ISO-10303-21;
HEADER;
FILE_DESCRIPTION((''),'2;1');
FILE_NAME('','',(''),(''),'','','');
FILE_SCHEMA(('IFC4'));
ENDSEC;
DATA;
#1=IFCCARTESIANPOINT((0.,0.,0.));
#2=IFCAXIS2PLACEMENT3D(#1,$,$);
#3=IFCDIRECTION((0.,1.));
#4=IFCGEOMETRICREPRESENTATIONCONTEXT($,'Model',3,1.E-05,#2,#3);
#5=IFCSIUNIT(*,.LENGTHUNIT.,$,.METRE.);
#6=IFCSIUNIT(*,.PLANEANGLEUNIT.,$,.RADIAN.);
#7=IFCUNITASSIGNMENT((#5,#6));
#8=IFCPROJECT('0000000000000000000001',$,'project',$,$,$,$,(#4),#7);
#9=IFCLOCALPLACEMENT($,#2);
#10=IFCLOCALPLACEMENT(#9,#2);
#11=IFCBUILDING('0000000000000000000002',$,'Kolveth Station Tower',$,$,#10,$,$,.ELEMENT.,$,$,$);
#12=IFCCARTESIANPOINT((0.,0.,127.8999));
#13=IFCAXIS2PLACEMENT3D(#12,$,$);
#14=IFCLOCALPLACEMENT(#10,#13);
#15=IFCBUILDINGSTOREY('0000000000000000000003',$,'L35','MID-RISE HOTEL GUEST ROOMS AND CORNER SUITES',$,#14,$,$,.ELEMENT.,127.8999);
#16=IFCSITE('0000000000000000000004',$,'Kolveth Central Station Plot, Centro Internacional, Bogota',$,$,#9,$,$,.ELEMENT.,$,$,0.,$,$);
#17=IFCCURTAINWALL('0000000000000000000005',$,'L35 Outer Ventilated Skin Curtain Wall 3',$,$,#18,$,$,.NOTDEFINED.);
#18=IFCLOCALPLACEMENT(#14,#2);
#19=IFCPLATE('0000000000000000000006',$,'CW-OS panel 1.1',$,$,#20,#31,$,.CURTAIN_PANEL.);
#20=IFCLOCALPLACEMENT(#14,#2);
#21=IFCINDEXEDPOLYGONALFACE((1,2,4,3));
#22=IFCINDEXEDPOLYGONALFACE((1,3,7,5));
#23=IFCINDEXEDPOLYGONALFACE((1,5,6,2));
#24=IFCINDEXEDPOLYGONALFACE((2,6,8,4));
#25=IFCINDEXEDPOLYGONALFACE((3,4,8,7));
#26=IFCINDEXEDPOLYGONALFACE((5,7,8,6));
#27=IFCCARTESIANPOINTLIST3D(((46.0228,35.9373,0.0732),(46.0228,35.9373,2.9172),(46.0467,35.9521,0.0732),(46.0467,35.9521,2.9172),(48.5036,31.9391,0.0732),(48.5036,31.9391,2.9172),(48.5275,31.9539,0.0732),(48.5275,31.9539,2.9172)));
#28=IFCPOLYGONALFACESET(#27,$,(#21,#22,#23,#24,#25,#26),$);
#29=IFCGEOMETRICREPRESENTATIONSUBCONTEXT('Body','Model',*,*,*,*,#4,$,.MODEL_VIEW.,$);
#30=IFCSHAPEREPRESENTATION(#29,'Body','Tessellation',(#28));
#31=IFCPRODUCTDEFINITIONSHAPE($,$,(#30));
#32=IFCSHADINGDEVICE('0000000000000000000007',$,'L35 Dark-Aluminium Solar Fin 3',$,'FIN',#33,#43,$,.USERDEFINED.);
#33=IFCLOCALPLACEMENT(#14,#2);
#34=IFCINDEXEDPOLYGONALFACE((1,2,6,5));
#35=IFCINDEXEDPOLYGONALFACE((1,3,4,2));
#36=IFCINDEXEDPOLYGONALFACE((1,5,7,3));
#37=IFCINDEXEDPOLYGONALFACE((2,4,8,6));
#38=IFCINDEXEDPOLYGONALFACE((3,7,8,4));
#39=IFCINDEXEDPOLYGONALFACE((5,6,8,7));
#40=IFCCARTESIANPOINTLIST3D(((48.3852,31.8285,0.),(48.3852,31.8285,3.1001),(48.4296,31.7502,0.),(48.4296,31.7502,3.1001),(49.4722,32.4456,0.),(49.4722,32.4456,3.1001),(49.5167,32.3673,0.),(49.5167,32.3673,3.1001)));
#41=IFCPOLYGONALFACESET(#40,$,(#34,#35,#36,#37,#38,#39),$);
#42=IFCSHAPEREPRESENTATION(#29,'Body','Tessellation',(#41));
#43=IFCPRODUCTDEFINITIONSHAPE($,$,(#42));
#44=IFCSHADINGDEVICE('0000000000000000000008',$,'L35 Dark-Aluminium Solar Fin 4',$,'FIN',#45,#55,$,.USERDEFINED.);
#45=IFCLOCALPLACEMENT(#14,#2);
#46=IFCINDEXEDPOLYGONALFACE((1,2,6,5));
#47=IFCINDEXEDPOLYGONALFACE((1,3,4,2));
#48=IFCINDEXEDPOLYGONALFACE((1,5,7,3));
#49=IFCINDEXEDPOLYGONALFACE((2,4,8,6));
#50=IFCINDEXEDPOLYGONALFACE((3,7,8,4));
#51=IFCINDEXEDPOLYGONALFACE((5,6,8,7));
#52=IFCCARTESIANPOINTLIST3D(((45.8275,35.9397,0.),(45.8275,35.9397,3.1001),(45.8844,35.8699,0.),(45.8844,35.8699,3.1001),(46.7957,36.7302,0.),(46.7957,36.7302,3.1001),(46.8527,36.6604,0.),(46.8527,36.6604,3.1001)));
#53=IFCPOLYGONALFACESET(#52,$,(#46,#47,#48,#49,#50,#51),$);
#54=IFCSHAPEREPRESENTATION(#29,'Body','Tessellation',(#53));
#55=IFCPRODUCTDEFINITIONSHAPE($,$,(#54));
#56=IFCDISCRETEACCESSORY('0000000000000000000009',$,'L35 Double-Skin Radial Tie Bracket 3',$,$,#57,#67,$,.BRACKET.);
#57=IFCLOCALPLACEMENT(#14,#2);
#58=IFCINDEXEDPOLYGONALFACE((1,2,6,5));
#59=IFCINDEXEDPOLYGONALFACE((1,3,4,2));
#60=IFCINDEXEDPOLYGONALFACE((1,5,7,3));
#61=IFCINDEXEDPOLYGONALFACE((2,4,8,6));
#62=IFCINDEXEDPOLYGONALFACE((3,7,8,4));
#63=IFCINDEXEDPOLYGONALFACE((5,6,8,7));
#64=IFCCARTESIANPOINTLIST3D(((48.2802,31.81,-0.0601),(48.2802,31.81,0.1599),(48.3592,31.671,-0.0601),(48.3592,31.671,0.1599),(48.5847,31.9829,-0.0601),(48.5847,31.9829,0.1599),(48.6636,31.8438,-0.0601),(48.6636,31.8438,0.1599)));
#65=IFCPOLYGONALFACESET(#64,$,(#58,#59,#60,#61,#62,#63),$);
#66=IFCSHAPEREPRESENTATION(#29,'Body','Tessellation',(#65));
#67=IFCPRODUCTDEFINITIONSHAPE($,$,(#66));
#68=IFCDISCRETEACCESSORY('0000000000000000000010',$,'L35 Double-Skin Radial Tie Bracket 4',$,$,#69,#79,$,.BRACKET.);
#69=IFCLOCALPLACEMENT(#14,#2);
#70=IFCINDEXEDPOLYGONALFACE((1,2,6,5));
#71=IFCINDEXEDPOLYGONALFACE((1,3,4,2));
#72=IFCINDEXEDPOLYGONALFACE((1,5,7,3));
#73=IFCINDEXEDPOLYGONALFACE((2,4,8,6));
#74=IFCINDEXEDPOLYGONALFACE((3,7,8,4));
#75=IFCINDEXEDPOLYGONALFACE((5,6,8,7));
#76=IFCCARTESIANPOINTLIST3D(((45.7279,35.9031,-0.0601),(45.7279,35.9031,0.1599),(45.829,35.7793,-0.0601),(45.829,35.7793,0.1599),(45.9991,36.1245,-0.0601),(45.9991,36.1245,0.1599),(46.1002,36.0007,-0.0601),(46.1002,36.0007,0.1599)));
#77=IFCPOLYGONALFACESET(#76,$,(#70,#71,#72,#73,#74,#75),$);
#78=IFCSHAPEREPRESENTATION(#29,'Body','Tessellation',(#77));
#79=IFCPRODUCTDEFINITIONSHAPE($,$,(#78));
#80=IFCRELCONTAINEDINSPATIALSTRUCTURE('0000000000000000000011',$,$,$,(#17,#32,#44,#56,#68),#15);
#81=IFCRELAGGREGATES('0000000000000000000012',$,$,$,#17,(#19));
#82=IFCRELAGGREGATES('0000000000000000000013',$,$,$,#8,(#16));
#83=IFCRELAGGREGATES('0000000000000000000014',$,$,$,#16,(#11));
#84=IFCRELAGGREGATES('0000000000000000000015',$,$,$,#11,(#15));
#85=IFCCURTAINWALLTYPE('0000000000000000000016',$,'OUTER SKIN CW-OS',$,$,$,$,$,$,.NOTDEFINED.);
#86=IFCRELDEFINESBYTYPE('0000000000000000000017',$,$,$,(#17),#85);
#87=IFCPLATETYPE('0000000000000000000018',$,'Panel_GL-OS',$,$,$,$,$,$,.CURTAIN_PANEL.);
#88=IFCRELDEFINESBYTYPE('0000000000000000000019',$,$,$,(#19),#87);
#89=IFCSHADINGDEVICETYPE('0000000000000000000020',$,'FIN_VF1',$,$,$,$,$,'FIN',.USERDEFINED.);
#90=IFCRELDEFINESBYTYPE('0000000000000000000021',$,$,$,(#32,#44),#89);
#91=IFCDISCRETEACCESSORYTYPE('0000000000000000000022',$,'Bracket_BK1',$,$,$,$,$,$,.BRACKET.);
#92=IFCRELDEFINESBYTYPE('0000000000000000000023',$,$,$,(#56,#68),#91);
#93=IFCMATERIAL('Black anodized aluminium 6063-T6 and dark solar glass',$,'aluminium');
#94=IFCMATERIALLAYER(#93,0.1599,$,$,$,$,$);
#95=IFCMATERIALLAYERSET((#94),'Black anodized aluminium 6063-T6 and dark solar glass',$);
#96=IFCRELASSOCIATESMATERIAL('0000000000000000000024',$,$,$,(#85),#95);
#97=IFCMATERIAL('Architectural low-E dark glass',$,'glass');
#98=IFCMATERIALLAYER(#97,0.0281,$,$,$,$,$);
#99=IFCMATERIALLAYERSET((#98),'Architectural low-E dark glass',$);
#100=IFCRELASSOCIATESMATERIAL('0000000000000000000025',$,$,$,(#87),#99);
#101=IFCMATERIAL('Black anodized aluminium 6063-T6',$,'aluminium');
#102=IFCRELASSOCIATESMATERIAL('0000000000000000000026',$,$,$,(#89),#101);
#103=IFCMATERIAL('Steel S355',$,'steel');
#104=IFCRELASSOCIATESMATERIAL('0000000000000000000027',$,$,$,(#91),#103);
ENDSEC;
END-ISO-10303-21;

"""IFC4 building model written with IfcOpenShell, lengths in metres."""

from ifc_helpers import new_model, si_unit, direction, frame, origin, origin_2d, place, context, subcontext, project, spatial, rectangle, extrude, source, transform, mapped, material, layer, layer_set, type_object, element, aggregate, save


model = new_model("IFC4")

# Units and contexts
model_context = context("Model", 3, precision=1e-05, world=origin(), true_north=direction((0.0, 1.0)))
body_context = subcontext(model_context, "Body", "Model", "MODEL_VIEW")
ifc_project = project(units=[si_unit("LENGTHUNIT", "METRE"), si_unit("PLANEANGLEUNIT", "RADIAN")], contexts=[model_context])

# Site, building, storey
site_placement = place(None, origin())
site = spatial("IfcSite", under=ifc_project, at=site_placement, Name="Kolveth Central Station Plot, Centro Internacional, Bogota", CompositionType="ELEMENT", RefElevation=0.0)
building_placement = place(site_placement, origin())
building = spatial("IfcBuilding", under=site, at=building_placement, Name="Kolveth Station Tower", CompositionType="ELEMENT")
storey_placement = place(building_placement, frame((0.0, 0.0, 127.8999)))
storey = spatial("IfcBuildingStorey", under=building, at=storey_placement, Name="L35", Description="MID-RISE HOTEL GUEST ROOMS AND CORNER SUITES", CompositionType="ELEMENT", Elevation=127.8999)

# Shared definitions
ifc_material_1 = material(Name="Black anodized aluminium 6063-T6", Category="aluminium")

# Shared definitions
ifc_material_2 = material(Name="Black anodized aluminium 6063-T6 and dark solar glass", Category="aluminium")
ifc_layer_1 = layer(ifc_material_2, 0.1599)
ifc_layer_set_1 = layer_set([ifc_layer_1], Name="Black anodized aluminium 6063-T6 and dark solar glass")
curtain_wall_type_1 = type_object("IfcCurtainWallType", Name="OUTER SKIN CW-OS", PredefinedType="NOTDEFINED", material=ifc_layer_set_1)

# Curtain wall
curtain_wall_1_placement = place(storey_placement, origin())
curtain_wall_1 = element("IfcCurtainWall", 1, at=curtain_wall_1_placement, inside=storey, type_object=curtain_wall_type_1, Name="L35 Outer Ventilated Skin Curtain Wall 3", PredefinedType="NOTDEFINED")

# Plate
ifc_material_3 = material(Name="Architectural low-E dark glass", Category="glass")
ifc_layer_2 = layer(ifc_material_3, 0.0281)
ifc_layer_set_2 = layer_set([ifc_layer_2], Name="Architectural low-E dark glass")
plate_type_1 = type_object("IfcPlateType", Name="Panel_GL-OS", PredefinedType="CURTAIN_PANEL", material=ifc_layer_set_2)
shared_shape_1 = source(origin(), body_context, "Body", "SweptSolid", [
    extrude(rectangle(XDim=4.7053, YDim=0.0281, at=origin_2d()), origin(), (0.0, 0.0, 1.0), 2.844),
])
plate_1_placement = place(storey_placement, frame((47.2751, 33.9456, 0.0732), z_axis=(0.0, 0.0, 1.0), x_axis=(-0.527236, 0.849719, 0.0)))
plate_1 = element("IfcPlate", 2, at=plate_1_placement, type_object=plate_type_1, Name="CW-OS panel 1.1", PredefinedType="CURTAIN_PANEL", context=body_context, shape_type="MappedRepresentation", body=[
    mapped(shared_shape_1, transform((0.0, 0.0, 0.0), x_axis=(1.0, 0.0, 0.0), y_axis=(0.0, 1.0, 0.0), z_axis=(0.0, 0.0, 1.0), scale=1.0)),
])
aggregate(curtain_wall_1, [plate_1])

# Shading devices
shading_device_type = type_object("IfcShadingDeviceType", Name="FIN_VF1", ElementType="FIN", PredefinedType="USERDEFINED", material=ifc_material_1)
shared_shape_2 = source(origin(), body_context, "Body", "SweptSolid", [
    extrude(rectangle(XDim=1.25, YDim=0.0901, at=origin_2d()), origin(), (0.0, 0.0, 1.0), 3.1001),
])
for number, where, z_axis, x_axis, name in (
    (3, (48.9509, 32.0979, 0.0), (0.0, 0.0, 1.0), (0.869667, 0.493638, 0.0), "L35 Dark-Aluminium Solar Fin 3"),
    (4, (46.3401, 36.3, 0.0), (0.0, 0.0, 1.0), (0.774613, 0.632435, 0.0), "L35 Dark-Aluminium Solar Fin 4"),
):
    element("IfcShadingDevice", number, at=place(storey_placement, frame(where, z_axis=z_axis, x_axis=x_axis)), inside=storey, type_object=shading_device_type, Name=name, ObjectType="FIN", PredefinedType="USERDEFINED", context=body_context, shape_type="MappedRepresentation", body=[
        mapped(shared_shape_2, transform((0.0, 0.0, 0.0), x_axis=(1.0, 0.0, 0.0), y_axis=(0.0, 1.0, 0.0), z_axis=(0.0, 0.0, 1.0), scale=1.0)),
    ])

# Discrete accessories
ifc_material_4 = material(Name="Steel S355", Category="steel")
discrete_accessory_type = type_object("IfcDiscreteAccessoryType", Name="Bracket_BK1", PredefinedType="BRACKET", material=ifc_material_4)
shared_shape_3 = source(origin(), body_context, "Body", "SweptSolid", [
    extrude(rectangle(XDim=0.3501, YDim=0.1599, at=origin_2d()), origin(), (0.0, 0.0, 1.0), 0.22),
])
for number, where, z_axis, x_axis, name in (
    (5, (48.4719, 31.8269, -0.0601), (0.0, 0.0, 1.0), (0.869667, 0.493638, 0.0), "L35 Double-Skin Radial Tie Bracket 3"),
    (6, (45.9141, 35.9519, -0.0601), (0.0, 0.0, 1.0), (0.774613, 0.632435, 0.0), "L35 Double-Skin Radial Tie Bracket 4"),
):
    element("IfcDiscreteAccessory", number, at=place(storey_placement, frame(where, z_axis=z_axis, x_axis=x_axis)), inside=storey, type_object=discrete_accessory_type, Name=name, PredefinedType="BRACKET", context=body_context, shape_type="MappedRepresentation", body=[
        mapped(shared_shape_3, transform((0.0, 0.0, 0.0), x_axis=(1.0, 0.0, 0.0), y_axis=(0.0, 1.0, 0.0), z_axis=(0.0, 0.0, 1.0), scale=1.0)),
    ])

save(model, "model.ifc")
